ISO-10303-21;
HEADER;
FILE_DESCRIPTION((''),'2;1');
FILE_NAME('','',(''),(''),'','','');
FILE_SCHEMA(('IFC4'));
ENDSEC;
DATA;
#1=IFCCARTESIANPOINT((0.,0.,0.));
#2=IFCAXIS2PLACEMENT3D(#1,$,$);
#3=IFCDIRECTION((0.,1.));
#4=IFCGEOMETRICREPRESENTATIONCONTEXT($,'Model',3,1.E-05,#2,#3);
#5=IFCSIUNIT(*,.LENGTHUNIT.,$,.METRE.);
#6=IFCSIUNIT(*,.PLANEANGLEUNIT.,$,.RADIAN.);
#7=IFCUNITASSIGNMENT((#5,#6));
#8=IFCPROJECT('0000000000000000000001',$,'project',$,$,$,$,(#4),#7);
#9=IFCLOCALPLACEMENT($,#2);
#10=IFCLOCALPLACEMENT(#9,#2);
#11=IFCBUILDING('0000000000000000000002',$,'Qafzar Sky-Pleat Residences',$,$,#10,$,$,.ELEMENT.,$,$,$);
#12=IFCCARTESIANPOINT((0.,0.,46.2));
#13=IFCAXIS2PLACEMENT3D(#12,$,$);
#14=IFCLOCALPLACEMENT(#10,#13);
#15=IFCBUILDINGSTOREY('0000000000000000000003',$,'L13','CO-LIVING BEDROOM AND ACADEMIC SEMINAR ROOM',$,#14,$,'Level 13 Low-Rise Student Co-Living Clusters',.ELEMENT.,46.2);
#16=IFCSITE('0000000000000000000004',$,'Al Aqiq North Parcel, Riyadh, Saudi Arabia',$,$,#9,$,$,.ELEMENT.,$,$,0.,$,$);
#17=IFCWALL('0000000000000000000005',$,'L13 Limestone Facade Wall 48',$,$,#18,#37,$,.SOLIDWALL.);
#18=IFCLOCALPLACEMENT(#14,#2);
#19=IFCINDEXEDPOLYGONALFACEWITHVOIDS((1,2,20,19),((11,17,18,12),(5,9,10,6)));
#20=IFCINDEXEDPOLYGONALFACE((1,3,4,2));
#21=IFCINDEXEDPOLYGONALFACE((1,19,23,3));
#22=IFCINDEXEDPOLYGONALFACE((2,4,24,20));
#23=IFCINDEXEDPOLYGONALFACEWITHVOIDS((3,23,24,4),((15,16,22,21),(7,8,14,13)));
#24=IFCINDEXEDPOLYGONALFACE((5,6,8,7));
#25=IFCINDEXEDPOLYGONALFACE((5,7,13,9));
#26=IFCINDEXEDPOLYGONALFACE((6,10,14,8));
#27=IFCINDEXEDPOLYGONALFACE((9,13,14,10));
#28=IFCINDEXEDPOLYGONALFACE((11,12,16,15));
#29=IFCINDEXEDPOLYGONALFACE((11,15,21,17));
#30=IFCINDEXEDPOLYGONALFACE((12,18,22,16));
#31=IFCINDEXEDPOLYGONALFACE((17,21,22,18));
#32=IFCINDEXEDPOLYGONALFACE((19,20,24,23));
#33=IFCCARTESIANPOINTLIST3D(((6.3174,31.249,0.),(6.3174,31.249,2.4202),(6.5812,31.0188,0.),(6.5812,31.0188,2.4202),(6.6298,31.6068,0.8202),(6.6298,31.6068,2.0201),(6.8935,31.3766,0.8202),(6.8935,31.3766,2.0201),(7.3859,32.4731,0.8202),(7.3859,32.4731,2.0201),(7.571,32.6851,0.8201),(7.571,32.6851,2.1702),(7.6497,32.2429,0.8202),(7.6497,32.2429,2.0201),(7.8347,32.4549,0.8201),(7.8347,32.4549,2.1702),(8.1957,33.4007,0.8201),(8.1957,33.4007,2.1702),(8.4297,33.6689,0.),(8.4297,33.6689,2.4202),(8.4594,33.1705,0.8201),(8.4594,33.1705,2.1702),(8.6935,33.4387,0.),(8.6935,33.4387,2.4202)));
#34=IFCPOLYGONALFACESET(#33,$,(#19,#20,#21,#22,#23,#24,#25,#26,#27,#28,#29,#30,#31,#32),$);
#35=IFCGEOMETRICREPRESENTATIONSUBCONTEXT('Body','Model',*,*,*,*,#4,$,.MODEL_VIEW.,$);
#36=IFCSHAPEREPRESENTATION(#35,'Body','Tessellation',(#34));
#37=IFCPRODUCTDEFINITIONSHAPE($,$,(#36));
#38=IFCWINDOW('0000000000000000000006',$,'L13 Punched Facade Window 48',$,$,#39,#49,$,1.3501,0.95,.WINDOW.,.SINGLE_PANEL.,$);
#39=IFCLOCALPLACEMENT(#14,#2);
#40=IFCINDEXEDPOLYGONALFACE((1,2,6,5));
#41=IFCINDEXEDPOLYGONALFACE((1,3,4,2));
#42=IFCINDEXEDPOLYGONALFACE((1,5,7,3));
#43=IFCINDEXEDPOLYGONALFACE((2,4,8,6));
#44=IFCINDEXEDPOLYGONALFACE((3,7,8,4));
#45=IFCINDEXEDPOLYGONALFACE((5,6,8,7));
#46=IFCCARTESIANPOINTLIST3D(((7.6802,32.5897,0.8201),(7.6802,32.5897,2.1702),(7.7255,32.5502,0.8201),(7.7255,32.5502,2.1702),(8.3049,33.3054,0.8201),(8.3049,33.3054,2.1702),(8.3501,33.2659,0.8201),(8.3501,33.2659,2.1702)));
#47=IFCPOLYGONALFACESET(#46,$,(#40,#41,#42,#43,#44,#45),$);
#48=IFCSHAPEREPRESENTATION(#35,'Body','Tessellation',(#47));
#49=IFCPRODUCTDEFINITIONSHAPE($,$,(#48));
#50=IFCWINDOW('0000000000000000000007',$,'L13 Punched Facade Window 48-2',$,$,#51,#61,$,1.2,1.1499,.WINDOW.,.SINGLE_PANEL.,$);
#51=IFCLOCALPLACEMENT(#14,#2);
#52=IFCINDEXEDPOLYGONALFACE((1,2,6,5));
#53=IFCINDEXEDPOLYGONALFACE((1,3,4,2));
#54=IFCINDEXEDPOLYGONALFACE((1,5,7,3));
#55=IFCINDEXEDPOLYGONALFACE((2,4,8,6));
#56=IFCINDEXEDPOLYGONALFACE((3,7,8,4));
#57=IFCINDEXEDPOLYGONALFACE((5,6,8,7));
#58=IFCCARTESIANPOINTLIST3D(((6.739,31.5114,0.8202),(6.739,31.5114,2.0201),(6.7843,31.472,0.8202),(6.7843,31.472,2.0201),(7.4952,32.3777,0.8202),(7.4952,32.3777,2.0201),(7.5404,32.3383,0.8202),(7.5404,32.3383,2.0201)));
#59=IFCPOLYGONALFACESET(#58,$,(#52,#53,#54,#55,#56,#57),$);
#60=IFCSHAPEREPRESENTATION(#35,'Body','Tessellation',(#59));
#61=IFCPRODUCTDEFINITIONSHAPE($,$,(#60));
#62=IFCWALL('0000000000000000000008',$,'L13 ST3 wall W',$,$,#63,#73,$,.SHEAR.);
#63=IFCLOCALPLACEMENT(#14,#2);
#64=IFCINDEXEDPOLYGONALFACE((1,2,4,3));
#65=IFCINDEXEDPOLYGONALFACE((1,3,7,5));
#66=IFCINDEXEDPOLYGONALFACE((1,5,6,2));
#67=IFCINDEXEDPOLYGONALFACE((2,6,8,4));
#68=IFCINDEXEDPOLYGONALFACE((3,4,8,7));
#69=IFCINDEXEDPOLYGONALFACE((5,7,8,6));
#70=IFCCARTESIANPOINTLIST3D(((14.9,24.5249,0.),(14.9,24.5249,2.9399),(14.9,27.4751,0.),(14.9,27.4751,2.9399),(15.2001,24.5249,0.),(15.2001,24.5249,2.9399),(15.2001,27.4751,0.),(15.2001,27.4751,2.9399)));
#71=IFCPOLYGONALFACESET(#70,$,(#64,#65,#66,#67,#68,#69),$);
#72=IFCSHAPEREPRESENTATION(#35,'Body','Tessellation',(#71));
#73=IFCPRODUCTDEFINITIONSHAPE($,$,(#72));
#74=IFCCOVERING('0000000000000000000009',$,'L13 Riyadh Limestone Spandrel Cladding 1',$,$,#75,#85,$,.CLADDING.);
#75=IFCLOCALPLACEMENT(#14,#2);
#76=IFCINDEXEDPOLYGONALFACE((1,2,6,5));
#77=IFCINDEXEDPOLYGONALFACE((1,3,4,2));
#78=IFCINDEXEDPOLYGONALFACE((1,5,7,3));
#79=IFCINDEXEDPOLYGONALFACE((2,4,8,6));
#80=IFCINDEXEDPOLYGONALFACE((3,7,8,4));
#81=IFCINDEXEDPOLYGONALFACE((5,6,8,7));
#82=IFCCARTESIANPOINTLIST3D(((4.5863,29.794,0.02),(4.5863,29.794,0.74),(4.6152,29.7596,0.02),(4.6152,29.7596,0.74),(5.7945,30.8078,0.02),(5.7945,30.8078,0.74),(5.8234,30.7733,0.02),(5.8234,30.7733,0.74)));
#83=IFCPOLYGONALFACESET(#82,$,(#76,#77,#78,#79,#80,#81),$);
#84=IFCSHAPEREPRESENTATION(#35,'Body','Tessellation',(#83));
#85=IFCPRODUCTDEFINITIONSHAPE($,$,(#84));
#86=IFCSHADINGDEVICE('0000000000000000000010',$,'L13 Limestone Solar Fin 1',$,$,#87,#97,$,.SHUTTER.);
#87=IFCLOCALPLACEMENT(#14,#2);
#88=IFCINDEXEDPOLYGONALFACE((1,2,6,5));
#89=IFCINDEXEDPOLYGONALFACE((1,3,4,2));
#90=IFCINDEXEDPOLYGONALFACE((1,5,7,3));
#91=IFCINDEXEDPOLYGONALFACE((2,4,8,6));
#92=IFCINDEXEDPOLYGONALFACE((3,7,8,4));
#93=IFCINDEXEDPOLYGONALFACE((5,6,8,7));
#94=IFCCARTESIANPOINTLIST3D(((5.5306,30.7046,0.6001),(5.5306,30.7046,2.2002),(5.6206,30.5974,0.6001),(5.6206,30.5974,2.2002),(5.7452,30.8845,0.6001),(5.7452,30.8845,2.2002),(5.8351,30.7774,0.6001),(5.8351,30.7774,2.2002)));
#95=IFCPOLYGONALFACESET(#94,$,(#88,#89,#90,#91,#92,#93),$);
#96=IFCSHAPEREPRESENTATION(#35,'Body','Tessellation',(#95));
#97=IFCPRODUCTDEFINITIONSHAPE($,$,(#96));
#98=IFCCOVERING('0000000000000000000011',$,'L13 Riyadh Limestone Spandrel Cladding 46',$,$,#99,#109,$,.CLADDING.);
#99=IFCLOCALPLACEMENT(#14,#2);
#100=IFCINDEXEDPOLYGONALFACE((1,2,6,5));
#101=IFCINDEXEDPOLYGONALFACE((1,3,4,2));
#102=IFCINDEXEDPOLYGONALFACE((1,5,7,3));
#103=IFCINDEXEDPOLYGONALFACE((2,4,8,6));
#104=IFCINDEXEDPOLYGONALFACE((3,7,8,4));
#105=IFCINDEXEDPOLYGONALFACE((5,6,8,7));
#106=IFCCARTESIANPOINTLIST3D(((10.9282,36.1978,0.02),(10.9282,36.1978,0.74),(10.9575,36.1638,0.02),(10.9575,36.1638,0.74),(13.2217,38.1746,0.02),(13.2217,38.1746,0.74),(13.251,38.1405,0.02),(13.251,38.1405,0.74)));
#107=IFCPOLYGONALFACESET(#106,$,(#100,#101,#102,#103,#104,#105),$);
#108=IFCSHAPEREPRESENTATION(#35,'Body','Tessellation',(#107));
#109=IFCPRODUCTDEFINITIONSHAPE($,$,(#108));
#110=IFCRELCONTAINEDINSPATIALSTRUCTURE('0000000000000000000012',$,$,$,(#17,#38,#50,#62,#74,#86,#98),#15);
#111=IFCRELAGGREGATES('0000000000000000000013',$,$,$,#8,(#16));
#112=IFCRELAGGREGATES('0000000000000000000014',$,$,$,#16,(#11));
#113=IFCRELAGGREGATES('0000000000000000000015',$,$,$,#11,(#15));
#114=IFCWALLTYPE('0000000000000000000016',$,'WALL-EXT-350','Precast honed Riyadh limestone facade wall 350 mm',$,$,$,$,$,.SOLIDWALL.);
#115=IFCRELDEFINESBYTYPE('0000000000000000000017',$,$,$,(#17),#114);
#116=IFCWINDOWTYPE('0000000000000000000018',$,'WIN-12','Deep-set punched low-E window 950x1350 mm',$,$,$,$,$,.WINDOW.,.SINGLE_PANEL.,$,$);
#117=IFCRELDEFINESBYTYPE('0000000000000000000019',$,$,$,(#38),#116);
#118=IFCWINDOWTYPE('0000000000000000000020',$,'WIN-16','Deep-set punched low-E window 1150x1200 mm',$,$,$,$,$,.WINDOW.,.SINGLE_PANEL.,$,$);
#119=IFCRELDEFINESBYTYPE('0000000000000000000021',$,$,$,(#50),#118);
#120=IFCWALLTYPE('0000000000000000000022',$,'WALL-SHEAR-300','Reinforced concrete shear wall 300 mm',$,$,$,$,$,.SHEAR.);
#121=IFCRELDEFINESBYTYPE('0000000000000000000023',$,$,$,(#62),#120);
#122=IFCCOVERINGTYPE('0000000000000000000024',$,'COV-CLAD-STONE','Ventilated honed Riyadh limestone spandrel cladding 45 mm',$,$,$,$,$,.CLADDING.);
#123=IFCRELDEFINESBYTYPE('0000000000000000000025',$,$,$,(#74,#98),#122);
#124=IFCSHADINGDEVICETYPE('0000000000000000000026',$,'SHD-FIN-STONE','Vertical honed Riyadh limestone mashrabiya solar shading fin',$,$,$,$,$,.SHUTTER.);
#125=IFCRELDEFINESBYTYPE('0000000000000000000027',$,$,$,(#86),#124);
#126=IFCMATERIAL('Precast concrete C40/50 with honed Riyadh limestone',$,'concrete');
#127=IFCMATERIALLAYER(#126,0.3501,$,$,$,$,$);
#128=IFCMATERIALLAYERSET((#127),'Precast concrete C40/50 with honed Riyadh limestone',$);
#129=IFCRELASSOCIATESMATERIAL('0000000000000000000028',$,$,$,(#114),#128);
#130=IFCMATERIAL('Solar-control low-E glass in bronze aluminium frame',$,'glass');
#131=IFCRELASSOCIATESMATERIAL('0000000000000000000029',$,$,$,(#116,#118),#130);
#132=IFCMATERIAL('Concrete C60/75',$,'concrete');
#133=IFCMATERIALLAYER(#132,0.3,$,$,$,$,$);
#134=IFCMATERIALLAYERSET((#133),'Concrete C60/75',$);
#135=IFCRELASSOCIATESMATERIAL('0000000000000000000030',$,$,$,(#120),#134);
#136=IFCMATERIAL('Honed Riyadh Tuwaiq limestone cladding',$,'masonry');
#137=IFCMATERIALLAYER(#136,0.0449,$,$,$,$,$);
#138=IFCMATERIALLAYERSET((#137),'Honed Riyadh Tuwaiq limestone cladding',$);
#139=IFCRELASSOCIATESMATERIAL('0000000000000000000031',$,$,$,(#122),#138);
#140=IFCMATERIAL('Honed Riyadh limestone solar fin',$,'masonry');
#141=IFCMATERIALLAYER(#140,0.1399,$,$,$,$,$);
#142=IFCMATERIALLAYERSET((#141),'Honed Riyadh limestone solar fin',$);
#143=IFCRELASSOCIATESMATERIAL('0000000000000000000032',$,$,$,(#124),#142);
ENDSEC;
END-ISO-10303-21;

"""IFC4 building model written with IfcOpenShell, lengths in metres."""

from ifc_helpers import new_model, si_unit, direction, frame, frame_2d, origin, origin_2d, place, context, subcontext, project, spatial, rectangle, extrude, source, transform, mapped, material, layer, layer_set, type_object, element, fill, save


model = new_model("IFC4")

# Units and contexts
model_context = context("Model", 3, precision=1e-05, world=origin(), true_north=direction((0.0, 1.0)))
body_context = subcontext(model_context, "Body", "Model", "MODEL_VIEW")
ifc_project = project(units=[si_unit("LENGTHUNIT", "METRE"), si_unit("PLANEANGLEUNIT", "RADIAN")], contexts=[model_context])

# Site, building, storey
site_placement = place(None, origin())
site = spatial("IfcSite", under=ifc_project, at=site_placement, Name="Al Aqiq North Parcel, Riyadh, Saudi Arabia", CompositionType="ELEMENT", RefElevation=0.0)
building_placement = place(site_placement, origin())
building = spatial("IfcBuilding", under=site, at=building_placement, Name="Qafzar Sky-Pleat Residences", CompositionType="ELEMENT")
storey_placement = place(building_placement, frame((0.0, 0.0, 46.2)))
storey = spatial("IfcBuildingStorey", under=building, at=storey_placement, Name="L13", Description="CO-LIVING BEDROOM AND ACADEMIC SEMINAR ROOM", LongName="Level 13 Low-Rise Student Co-Living Clusters", CompositionType="ELEMENT", Elevation=46.2)

# Shared definitions
ifc_material_1 = material(Name="Concrete C60/75", Category="concrete")

# Shared definitions
ifc_material_2 = material(Name="Precast concrete C40/50 with honed Riyadh limestone", Category="concrete")
ifc_layer_1 = layer(ifc_material_2, 0.3501)
ifc_layer_set_1 = layer_set([ifc_layer_1], Name="Precast concrete C40/50 with honed Riyadh limestone")
wall_type_1 = type_object("IfcWallType", Name="WALL-EXT-350", Description="Precast honed Riyadh limestone facade wall 350 mm", PredefinedType="SOLIDWALL", material=ifc_layer_set_1)
ifc_material_3 = material(Name="Solar-control low-E glass in bronze aluminium frame", Category="glass")
window_type_1 = type_object("IfcWindowType", Name="WIN-12", Description="Deep-set punched low-E window 950x1350 mm", PartitioningType="SINGLE_PANEL", PredefinedType="WINDOW", material=ifc_material_3)
shared_shape_1 = source(origin(), body_context, "Body", "SweptSolid", [
    extrude(rectangle(XDim=0.95, YDim=1.3501, at=frame_2d((0.4751, 0.675))), frame((0.0, 0.03, 0.0), z_axis=(0.0, -1.0, 0.0), x_axis=(1.0, 0.0, 0.0)), (0.0, 0.0, 1.0), 0.0601),
])
window_type_2 = type_object("IfcWindowType", Name="WIN-16", Description="Deep-set punched low-E window 1150x1200 mm", PartitioningType="SINGLE_PANEL", PredefinedType="WINDOW", material=ifc_material_3)
shared_shape_2 = source(origin(), body_context, "Body", "SweptSolid", [
    extrude(rectangle(XDim=1.1499, YDim=1.2, at=frame_2d((0.575, 0.6001))), frame((0.0, 0.03, 0.0), z_axis=(0.0, -1.0, 0.0), x_axis=(1.0, 0.0, 0.0)), (0.0, 0.0, 1.0), 0.0601),
])

# Wall, openings, windows
wall_1_placement = place(storey_placement, frame((8.5615, 33.5537, 0.0), z_axis=(0.0, 0.0, 1.0), x_axis=(-0.6576, -0.753367, 0.0)))
wall_1 = element("IfcWall", 1, at=wall_1_placement, inside=storey, type_object=wall_type_1, Name="L13 Limestone Facade Wall 48", PredefinedType="SOLIDWALL", context=body_context, shape_type="SweptSolid", body=[
    extrude(rectangle(XDim=3.2122, YDim=0.3501, at=frame_2d((1.606, 0.0))), origin(), (0.0, 0.0, 1.0), 2.4202),
])
opening_1_placement = place(wall_1_placement, frame((0.3557, 0.0, 0.8201)))
opening_1 = element("IfcOpeningElement", 2, at=opening_1_placement, cuts=wall_1, PredefinedType="OPENING", context=body_context, shape_type="SweptSolid", body=[
    extrude(rectangle(XDim=0.95, YDim=1.3501, at=frame_2d((0.4751, 0.675))), frame((0.0, 0.1851, 0.0), z_axis=(0.0, -1.0, 0.0), x_axis=(1.0, 0.0, 0.0)), (0.0, 0.0, 1.0), 0.3701),
])
opening_2_placement = place(wall_1_placement, frame((1.5872, 0.0, 0.8201)))
opening_2 = element("IfcOpeningElement", 3, at=opening_2_placement, cuts=wall_1, PredefinedType="OPENING", context=body_context, shape_type="SweptSolid", body=[
    extrude(rectangle(XDim=1.1499, YDim=1.2, at=frame_2d((0.575, 0.6001))), frame((0.0, 0.1851, 0.0), z_axis=(0.0, -1.0, 0.0), x_axis=(1.0, 0.0, 0.0)), (0.0, 0.0, 1.0), 0.3701),
])
window_1_placement = place(opening_1_placement, origin())
window_1 = element("IfcWindow", 4, at=window_1_placement, inside=storey, type_object=window_type_1, Name="L13 Punched Facade Window 48", OverallHeight=1.3501, OverallWidth=0.95, PartitioningType="SINGLE_PANEL", PredefinedType="WINDOW", context=body_context, shape_type="MappedRepresentation", body=[
    mapped(shared_shape_1, transform((0.0, 0.0, 0.0), x_axis=(1.0, 0.0, 0.0), y_axis=(0.0, 1.0, 0.0), z_axis=(0.0, 0.0, 1.0), scale=1.0)),
])
fill(opening_1, window_1)
window_2_placement = place(opening_2_placement, origin())
window_2 = element("IfcWindow", 5, at=window_2_placement, inside=storey, type_object=window_type_2, Name="L13 Punched Facade Window 48-2", OverallHeight=1.2, OverallWidth=1.1499, PartitioningType="SINGLE_PANEL", PredefinedType="WINDOW", context=body_context, shape_type="MappedRepresentation", body=[
    mapped(shared_shape_2, transform((0.0, 0.0, 0.0), x_axis=(1.0, 0.0, 0.0), y_axis=(0.0, 1.0, 0.0), z_axis=(0.0, 0.0, 1.0), scale=1.0)),
])
fill(opening_2, window_2)

# Wall
ifc_layer_2 = layer(ifc_material_1, 0.3)
ifc_layer_set_2 = layer_set([ifc_layer_2], Name="Concrete C60/75")
wall_type_2 = type_object("IfcWallType", Name="WALL-SHEAR-300", Description="Reinforced concrete shear wall 300 mm", PredefinedType="SHEAR", material=ifc_layer_set_2)
wall_2_placement = place(storey_placement, frame((15.05, 27.4751, 0.0), z_axis=(0.0, 0.0, 1.0), x_axis=(0.0, -1.0, 0.0)))
element("IfcWall", 6, at=wall_2_placement, inside=storey, type_object=wall_type_2, Name="L13 ST3 wall W", PredefinedType="SHEAR", context=body_context, shape_type="SweptSolid", body=[
    extrude(rectangle(XDim=2.9502, YDim=0.3, at=frame_2d((1.4751, 0.0))), origin(), (0.0, 0.0, 1.0), 2.9399),
])

# Covering
ifc_material_4 = material(Name="Honed Riyadh Tuwaiq limestone cladding", Category="masonry")
ifc_layer_3 = layer(ifc_material_4, 0.0449)
ifc_layer_set_3 = layer_set([ifc_layer_3], Name="Honed Riyadh Tuwaiq limestone cladding")
covering_type = type_object("IfcCoveringType", Name="COV-CLAD-STONE", Description="Ventilated honed Riyadh limestone spandrel cladding 45 mm", PredefinedType="CLADDING", material=ifc_layer_set_3)
shared_shape_3 = source(origin(), body_context, "Body", "SweptSolid", [
    extrude(rectangle(XDim=1.5771, YDim=0.0449, at=origin_2d()), origin(), (0.0, 0.0, 1.0), 0.72),
])
covering_1_placement = place(storey_placement, frame((5.2048, 30.2837, 0.02), z_axis=(0.0, 0.0, 1.0), x_axis=(-0.766075, -0.642752, 0.0)))
element("IfcCovering", 7, at=covering_1_placement, inside=storey, type_object=covering_type, Name="L13 Riyadh Limestone Spandrel Cladding 1", PredefinedType="CLADDING", context=body_context, shape_type="MappedRepresentation", body=[
    mapped(shared_shape_3, transform((0.0, 0.0, 0.0), x_axis=(1.0, 0.0, 0.0), y_axis=(0.0, 1.0, 0.0), z_axis=(0.0, 0.0, 1.0), scale=1.0)),
])

# Shading device
ifc_material_5 = material(Name="Honed Riyadh limestone solar fin", Category="masonry")
ifc_layer_4 = layer(ifc_material_5, 0.1399)
ifc_layer_set_4 = layer_set([ifc_layer_4], Name="Honed Riyadh limestone solar fin")
shading_device_type = type_object("IfcShadingDeviceType", Name="SHD-FIN-STONE", Description="Vertical honed Riyadh limestone mashrabiya solar shading fin", PredefinedType="SHUTTER", material=ifc_layer_set_4)
shared_shape_4 = source(origin(), body_context, "Body", "SweptSolid", [
    extrude(rectangle(XDim=0.1399, YDim=0.28, at=origin_2d()), origin(), (0.0, 0.0, 1.0), 1.6001),
])
shading_device_placement = place(storey_placement, frame((5.6829, 30.741, 0.6001), z_axis=(0.0, 0.0, 1.0), x_axis=(-0.642754, 0.766072, 0.0)))
element("IfcShadingDevice", 8, at=shading_device_placement, inside=storey, type_object=shading_device_type, Name="L13 Limestone Solar Fin 1", PredefinedType="SHUTTER", context=body_context, shape_type="MappedRepresentation", body=[
    mapped(shared_shape_4, transform((0.0, 0.0, 0.0), x_axis=(1.0, 0.0, 0.0), y_axis=(0.0, 1.0, 0.0), z_axis=(0.0, 0.0, 1.0), scale=1.0)),
])

# Covering
shared_shape_5 = source(origin(), body_context, "Body", "SweptSolid", [
    extrude(rectangle(XDim=3.0278, YDim=0.0449, at=origin_2d()), origin(), (0.0, 0.0, 1.0), 0.72),
])
covering_2_placement = place(storey_placement, frame((12.0896, 37.1692, 0.02), z_axis=(0.0, 0.0, 1.0), x_axis=(-0.757485, -0.652853, 0.0)))
element("IfcCovering", 9, at=covering_2_placement, inside=storey, type_object=covering_type, Name="L13 Riyadh Limestone Spandrel Cladding 46", PredefinedType="CLADDING", context=body_context, shape_type="MappedRepresentation", body=[
    mapped(shared_shape_5, transform((0.0, 0.0, 0.0), x_axis=(1.0, 0.0, 0.0), y_axis=(0.0, 1.0, 0.0), z_axis=(0.0, 0.0, 1.0), scale=1.0)),
])

save(model, "model.ifc")
